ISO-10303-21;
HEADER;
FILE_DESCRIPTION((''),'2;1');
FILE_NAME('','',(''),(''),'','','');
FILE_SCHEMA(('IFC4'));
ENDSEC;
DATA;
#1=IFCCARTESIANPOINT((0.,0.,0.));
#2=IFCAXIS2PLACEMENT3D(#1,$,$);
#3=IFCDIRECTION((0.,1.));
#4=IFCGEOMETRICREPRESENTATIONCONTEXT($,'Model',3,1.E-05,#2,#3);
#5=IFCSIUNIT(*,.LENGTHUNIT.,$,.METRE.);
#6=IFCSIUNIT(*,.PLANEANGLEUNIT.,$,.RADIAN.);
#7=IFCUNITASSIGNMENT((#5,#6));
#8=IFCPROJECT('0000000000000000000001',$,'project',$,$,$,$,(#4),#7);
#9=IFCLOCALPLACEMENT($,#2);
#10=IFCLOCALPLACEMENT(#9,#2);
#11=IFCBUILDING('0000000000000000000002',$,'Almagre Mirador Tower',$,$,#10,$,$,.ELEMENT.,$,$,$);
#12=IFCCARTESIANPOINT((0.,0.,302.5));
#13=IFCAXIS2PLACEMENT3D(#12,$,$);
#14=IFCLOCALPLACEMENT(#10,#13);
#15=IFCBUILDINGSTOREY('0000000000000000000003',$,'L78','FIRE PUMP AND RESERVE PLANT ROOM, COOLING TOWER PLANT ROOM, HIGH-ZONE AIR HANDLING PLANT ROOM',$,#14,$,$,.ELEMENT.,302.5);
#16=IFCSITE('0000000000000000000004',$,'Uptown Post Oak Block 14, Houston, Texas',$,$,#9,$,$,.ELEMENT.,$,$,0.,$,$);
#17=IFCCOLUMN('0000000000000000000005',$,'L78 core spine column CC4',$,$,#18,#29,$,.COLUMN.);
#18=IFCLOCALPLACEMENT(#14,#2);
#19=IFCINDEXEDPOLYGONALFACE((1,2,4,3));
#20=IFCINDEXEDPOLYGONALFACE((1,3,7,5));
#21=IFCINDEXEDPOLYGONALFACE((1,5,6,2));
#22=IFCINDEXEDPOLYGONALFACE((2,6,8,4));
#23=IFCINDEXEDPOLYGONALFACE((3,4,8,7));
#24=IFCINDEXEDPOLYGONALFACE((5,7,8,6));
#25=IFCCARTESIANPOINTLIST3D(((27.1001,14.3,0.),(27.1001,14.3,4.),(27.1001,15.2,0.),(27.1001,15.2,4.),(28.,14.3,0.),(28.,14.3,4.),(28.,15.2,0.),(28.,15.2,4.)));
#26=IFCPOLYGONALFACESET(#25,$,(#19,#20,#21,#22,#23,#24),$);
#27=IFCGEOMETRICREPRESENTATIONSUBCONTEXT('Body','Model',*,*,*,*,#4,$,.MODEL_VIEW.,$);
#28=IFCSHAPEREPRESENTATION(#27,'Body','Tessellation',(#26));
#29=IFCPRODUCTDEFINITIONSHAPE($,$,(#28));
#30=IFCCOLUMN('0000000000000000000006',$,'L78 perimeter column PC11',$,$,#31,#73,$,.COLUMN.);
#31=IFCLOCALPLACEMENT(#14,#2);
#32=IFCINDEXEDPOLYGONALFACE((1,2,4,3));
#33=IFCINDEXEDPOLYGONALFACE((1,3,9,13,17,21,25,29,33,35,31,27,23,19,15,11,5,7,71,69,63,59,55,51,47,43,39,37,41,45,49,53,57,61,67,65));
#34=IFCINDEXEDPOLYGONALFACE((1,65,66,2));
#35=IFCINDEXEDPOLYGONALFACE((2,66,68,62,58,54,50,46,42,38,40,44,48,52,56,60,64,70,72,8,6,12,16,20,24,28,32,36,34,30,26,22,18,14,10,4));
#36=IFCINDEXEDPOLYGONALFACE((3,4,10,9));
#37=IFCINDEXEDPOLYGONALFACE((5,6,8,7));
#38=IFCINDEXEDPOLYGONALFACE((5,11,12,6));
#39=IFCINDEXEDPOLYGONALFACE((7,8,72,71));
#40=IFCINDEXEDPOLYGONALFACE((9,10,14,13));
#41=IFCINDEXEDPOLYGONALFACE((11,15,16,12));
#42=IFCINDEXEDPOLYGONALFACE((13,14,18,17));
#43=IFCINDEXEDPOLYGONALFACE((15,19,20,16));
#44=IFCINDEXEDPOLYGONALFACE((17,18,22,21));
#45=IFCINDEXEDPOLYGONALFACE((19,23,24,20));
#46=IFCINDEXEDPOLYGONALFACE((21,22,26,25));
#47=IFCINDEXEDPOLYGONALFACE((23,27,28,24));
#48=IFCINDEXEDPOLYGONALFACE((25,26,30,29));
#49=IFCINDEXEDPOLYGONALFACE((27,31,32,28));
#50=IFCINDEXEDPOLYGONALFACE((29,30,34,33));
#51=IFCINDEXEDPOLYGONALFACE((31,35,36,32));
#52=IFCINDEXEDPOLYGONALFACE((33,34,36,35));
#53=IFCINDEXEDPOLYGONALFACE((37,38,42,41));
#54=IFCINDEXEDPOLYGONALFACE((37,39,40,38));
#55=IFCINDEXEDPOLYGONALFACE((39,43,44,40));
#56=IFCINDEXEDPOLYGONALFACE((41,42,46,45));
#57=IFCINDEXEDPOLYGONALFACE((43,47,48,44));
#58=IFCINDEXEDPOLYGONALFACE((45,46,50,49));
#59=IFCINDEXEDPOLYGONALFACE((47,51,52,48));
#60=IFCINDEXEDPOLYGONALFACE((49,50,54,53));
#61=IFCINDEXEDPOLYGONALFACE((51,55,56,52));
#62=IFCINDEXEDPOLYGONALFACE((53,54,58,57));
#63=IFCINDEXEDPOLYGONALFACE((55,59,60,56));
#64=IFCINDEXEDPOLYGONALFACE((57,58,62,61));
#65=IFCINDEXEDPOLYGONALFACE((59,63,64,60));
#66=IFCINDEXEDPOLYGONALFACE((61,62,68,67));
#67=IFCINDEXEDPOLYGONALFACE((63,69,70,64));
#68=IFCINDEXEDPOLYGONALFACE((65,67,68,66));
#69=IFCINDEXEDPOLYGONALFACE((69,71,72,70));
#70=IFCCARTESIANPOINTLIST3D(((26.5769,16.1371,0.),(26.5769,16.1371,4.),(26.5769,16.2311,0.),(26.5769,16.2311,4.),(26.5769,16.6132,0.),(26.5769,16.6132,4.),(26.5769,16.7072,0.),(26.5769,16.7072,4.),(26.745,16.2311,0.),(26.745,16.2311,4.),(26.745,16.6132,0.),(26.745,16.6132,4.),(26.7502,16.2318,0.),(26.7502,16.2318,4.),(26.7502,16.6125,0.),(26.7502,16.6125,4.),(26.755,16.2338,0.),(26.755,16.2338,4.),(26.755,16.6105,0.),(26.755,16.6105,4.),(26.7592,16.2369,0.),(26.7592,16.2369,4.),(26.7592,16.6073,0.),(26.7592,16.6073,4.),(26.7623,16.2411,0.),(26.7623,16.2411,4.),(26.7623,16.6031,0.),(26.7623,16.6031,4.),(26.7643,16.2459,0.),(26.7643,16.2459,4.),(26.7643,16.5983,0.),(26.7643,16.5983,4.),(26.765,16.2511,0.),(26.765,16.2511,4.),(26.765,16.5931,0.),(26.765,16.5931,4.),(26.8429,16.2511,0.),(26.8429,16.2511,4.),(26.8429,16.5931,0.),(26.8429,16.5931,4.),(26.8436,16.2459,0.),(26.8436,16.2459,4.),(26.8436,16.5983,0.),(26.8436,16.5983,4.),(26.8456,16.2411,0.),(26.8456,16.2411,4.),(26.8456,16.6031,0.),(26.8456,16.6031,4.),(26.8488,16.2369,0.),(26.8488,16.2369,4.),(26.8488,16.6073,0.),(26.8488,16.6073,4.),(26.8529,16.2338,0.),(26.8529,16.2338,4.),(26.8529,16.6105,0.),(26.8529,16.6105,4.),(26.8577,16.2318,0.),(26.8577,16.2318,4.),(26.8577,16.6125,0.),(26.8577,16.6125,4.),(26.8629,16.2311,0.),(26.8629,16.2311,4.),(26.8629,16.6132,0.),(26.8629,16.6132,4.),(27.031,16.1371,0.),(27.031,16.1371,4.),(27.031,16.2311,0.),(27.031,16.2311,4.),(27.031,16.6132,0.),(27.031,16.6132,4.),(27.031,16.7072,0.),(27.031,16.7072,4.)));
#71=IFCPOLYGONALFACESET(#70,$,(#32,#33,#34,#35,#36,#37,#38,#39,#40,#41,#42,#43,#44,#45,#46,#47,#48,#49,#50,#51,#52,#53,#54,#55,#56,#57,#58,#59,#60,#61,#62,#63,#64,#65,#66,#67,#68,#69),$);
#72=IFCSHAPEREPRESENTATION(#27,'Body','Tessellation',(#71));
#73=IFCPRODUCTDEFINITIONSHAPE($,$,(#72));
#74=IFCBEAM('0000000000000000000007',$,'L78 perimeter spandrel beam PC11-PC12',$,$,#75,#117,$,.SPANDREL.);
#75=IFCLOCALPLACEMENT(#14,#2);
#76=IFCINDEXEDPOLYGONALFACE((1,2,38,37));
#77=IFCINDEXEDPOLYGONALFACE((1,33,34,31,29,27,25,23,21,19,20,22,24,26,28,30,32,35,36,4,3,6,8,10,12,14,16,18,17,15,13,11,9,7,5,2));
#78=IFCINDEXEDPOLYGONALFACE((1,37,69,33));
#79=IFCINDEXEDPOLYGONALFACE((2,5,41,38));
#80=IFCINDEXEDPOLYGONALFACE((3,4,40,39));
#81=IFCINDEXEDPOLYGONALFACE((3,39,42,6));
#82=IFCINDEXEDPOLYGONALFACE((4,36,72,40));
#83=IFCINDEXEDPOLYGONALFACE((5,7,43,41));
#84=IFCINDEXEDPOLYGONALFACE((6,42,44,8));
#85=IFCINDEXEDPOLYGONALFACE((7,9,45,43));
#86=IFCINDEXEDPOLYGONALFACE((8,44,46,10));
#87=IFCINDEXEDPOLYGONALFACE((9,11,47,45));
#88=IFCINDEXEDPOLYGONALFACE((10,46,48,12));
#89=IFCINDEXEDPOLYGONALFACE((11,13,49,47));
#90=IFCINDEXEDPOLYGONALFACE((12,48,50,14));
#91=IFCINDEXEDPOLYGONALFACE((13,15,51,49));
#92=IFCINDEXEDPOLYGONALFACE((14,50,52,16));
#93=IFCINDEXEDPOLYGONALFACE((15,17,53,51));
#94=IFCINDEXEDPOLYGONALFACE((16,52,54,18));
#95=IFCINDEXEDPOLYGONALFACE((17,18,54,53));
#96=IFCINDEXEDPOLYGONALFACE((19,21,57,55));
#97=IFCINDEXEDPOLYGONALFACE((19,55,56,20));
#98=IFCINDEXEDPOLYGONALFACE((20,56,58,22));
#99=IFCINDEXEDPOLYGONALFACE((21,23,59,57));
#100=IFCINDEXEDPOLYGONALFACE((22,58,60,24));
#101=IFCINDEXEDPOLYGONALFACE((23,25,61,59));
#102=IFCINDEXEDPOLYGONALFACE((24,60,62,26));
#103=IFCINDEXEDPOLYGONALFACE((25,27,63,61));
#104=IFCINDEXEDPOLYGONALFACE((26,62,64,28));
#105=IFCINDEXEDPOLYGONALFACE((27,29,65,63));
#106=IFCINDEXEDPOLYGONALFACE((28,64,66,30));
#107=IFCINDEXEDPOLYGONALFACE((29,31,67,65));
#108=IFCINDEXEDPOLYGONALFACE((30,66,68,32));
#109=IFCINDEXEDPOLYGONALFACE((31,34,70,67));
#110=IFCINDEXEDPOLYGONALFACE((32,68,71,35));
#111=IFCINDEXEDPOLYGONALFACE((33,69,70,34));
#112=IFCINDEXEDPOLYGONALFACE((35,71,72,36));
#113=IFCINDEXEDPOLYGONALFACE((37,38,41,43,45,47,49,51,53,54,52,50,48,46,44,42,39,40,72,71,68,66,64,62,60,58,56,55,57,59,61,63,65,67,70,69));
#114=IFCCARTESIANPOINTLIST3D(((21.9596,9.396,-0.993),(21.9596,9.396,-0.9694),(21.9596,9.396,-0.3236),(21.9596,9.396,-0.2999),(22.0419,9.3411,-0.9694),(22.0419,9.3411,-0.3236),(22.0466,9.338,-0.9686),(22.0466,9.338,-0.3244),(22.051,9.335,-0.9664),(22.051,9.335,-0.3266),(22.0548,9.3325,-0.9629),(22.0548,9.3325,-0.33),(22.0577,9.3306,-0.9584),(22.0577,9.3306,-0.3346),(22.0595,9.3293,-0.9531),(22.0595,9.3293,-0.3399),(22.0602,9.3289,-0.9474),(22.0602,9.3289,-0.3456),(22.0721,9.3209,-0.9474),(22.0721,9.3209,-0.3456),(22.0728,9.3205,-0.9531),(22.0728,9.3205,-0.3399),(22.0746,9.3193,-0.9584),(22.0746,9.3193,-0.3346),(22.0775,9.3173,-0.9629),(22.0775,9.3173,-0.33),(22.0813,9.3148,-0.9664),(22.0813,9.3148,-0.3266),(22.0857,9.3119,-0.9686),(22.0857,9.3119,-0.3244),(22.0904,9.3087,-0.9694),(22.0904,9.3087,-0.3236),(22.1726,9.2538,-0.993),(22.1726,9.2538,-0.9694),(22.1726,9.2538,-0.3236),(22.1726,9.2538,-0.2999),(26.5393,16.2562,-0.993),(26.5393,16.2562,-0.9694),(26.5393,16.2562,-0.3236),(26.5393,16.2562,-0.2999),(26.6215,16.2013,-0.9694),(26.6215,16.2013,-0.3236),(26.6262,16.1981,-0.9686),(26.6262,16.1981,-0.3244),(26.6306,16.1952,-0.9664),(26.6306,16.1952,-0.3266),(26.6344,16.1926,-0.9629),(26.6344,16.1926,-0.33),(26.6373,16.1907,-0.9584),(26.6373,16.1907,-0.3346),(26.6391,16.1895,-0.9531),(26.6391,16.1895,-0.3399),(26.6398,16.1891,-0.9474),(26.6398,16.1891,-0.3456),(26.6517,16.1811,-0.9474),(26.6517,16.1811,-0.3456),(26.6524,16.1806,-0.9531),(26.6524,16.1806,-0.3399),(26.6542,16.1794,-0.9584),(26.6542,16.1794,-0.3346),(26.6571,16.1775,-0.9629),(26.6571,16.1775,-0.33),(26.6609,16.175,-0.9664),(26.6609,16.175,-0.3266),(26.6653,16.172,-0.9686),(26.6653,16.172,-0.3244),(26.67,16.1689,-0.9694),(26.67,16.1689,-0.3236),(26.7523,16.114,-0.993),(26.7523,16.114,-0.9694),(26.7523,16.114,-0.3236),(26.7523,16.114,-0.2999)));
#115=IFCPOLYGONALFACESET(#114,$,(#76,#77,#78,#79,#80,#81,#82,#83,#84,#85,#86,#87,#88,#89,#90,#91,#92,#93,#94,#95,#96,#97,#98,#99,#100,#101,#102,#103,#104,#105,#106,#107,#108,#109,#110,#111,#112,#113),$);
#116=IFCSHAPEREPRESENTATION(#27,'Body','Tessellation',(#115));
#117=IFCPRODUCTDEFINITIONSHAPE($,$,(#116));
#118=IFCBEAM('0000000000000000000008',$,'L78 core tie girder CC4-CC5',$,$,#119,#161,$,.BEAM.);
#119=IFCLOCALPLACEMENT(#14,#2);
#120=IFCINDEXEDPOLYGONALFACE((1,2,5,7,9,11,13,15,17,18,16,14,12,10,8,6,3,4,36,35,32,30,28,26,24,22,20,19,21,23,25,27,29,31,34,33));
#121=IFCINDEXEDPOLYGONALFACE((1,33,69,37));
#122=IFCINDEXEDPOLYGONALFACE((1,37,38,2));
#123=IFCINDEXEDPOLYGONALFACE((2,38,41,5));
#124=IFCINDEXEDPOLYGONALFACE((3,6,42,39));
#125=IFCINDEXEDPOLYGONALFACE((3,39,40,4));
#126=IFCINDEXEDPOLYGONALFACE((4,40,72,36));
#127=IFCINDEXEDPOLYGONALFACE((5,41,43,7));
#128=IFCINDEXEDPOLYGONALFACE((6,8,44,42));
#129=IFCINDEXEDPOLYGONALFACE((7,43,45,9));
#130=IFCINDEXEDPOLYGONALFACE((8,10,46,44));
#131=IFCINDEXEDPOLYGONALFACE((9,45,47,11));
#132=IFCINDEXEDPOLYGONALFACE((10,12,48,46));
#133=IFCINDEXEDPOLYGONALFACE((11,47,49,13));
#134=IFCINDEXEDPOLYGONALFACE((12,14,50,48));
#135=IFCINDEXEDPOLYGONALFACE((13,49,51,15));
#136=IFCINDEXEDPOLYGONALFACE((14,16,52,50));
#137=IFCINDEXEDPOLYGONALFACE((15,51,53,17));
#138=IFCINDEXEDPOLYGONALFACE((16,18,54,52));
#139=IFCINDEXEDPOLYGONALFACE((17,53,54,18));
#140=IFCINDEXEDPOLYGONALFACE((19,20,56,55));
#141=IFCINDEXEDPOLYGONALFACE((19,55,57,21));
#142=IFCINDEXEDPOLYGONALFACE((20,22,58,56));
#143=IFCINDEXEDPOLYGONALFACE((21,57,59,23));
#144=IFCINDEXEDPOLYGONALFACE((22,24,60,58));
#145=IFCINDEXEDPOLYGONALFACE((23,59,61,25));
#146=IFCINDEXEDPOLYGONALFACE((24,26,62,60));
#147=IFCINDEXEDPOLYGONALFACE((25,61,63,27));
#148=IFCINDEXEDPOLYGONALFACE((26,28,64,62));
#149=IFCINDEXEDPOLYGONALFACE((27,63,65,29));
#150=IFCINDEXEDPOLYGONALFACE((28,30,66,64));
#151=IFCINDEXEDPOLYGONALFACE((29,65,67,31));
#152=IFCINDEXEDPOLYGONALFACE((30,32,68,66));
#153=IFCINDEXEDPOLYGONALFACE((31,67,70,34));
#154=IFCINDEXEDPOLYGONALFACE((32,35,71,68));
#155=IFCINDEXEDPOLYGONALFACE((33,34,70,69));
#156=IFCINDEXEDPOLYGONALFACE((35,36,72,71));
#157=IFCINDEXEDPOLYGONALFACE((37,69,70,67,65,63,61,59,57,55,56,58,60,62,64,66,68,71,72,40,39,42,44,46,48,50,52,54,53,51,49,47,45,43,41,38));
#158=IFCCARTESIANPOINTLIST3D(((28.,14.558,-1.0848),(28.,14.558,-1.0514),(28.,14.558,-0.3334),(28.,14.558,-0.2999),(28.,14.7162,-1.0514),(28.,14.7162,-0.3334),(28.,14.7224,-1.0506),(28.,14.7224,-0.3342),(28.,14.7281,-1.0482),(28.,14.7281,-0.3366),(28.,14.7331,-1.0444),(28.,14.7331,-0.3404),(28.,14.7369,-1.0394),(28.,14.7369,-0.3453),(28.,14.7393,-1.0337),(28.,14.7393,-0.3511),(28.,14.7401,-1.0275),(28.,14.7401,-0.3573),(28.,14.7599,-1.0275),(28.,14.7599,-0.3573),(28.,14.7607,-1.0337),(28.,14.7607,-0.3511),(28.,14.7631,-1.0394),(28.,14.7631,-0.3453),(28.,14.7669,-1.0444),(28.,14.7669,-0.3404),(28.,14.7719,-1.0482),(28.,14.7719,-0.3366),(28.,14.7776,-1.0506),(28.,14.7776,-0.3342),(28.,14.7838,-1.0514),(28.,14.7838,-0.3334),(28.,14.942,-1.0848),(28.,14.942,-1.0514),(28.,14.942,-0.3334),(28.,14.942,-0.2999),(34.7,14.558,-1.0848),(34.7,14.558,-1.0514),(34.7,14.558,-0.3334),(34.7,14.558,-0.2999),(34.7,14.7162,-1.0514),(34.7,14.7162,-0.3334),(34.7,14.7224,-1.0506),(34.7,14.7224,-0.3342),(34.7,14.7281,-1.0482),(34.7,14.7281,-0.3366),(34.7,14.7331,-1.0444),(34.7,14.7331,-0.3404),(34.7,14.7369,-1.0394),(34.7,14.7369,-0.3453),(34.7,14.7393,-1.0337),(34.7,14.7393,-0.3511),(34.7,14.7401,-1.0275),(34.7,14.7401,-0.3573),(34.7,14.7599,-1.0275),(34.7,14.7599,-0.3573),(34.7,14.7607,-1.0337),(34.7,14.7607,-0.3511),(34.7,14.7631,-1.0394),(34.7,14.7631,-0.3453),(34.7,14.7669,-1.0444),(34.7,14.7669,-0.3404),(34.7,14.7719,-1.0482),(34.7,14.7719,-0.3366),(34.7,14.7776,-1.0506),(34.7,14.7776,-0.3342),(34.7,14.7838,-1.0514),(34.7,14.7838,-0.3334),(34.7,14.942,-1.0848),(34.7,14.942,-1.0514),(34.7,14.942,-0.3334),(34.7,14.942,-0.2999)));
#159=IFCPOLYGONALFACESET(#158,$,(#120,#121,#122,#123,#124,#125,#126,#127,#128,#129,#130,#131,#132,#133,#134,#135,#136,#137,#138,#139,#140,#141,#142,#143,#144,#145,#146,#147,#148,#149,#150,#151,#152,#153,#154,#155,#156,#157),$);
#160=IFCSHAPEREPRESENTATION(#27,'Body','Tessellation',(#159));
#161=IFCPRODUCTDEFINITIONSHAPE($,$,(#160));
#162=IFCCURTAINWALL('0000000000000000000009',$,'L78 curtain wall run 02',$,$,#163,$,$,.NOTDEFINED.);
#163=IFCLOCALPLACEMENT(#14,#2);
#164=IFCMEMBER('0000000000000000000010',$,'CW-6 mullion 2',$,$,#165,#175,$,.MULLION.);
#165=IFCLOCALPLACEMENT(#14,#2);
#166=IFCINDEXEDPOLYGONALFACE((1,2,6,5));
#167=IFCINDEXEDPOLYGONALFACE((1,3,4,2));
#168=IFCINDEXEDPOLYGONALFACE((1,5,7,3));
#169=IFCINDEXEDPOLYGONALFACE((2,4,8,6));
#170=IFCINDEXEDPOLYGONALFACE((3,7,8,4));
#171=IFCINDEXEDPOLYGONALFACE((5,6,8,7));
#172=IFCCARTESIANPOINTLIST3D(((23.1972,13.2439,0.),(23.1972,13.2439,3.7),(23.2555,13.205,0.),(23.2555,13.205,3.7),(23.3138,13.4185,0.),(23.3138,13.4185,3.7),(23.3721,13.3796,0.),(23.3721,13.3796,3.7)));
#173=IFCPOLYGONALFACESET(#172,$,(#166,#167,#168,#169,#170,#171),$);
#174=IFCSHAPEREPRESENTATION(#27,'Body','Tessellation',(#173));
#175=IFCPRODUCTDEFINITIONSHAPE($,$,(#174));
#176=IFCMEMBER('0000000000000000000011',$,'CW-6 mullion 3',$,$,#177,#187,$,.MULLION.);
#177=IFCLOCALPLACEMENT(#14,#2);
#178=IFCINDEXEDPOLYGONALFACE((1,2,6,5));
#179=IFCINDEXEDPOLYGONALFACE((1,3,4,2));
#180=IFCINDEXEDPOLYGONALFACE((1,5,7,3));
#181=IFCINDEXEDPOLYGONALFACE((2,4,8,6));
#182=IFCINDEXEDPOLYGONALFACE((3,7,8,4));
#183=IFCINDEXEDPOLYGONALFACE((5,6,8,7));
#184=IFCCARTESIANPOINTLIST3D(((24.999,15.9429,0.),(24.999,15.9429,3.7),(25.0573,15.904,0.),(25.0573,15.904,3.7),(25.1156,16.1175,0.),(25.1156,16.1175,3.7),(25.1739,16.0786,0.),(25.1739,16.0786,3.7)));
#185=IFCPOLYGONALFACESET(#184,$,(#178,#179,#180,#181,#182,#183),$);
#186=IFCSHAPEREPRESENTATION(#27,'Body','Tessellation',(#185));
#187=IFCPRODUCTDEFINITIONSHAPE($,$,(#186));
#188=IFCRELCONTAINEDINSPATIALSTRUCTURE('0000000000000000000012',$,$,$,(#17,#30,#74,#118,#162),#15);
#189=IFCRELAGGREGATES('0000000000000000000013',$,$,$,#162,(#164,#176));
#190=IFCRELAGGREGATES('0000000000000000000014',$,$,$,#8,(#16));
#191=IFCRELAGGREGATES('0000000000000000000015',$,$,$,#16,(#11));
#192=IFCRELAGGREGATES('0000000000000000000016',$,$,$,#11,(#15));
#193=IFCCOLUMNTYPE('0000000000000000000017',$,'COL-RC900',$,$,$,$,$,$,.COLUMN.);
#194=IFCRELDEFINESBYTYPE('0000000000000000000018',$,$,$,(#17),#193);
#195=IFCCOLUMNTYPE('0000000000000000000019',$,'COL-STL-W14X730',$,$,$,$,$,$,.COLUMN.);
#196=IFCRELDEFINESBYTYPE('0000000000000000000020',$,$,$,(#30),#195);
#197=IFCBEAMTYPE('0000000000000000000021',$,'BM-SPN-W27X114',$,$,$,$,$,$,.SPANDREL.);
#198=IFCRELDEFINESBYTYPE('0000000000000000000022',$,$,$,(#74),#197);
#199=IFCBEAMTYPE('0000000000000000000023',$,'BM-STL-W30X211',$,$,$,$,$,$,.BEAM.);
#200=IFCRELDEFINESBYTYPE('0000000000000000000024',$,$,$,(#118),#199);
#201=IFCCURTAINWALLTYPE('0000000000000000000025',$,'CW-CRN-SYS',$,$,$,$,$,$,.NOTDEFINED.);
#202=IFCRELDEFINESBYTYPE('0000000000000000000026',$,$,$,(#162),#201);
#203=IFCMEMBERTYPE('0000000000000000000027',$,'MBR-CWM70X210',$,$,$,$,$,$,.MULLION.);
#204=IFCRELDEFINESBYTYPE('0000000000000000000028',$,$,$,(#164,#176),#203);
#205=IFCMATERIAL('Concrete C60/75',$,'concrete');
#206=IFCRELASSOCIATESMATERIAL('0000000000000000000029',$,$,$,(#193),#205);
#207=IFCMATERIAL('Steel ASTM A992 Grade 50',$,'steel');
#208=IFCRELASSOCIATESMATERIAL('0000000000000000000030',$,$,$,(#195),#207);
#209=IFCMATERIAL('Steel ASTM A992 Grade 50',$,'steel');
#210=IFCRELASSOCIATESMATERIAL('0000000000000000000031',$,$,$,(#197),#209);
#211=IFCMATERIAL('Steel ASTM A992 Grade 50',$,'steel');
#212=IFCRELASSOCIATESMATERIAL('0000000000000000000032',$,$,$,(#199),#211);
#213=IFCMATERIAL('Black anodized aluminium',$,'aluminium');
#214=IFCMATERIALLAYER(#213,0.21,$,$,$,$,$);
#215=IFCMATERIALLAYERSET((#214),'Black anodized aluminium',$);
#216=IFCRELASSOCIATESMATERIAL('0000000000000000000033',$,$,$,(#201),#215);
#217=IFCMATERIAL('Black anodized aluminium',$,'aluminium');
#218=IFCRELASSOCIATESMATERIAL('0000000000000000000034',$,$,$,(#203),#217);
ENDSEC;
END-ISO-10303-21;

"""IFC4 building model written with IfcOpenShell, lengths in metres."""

from ifc_helpers import new_model, si_unit, direction, frame, origin, origin_2d, place, context, subcontext, project, spatial, rectangle, i_section, extrude, material, layer, layer_set, material_profile, profile_set, type_object, element, aggregate, save


model = new_model("IFC4")

# Units and contexts
model_context = context("Model", 3, precision=1e-05, world=origin(), true_north=direction((0.0, 1.0)))
body_context = subcontext(model_context, "Body", "Model", "MODEL_VIEW")
ifc_project = project(units=[si_unit("LENGTHUNIT", "METRE"), si_unit("PLANEANGLEUNIT", "RADIAN")], contexts=[model_context])

# Site, building, storey
site_placement = place(None, origin())
site = spatial("IfcSite", under=ifc_project, at=site_placement, Name="Uptown Post Oak Block 14, Houston, Texas", CompositionType="ELEMENT", RefElevation=0.0)
building_placement = place(site_placement, origin())
building = spatial("IfcBuilding", under=site, at=building_placement, Name="Almagre Mirador Tower", CompositionType="ELEMENT")
storey_placement = place(building_placement, frame((0.0, 0.0, 302.5)))
storey = spatial("IfcBuildingStorey", under=building, at=storey_placement, Name="L78", Description="FIRE PUMP AND RESERVE PLANT ROOM, COOLING TOWER PLANT ROOM, HIGH-ZONE AIR HANDLING PLANT ROOM", CompositionType="ELEMENT", Elevation=302.5)

# Columns
ifc_material_1 = material(Name="Concrete C60/75", Category="concrete")
ifc_material_profile_1 = material_profile(ifc_material_1, rectangle(XDim=0.8999, YDim=0.8999, at=origin_2d()), Name="RC900X900")
ifc_profile_set_1 = profile_set([ifc_material_profile_1], Name="Concrete C60/75")
column_type_1 = type_object("IfcColumnType", Name="COL-RC900", PredefinedType="COLUMN", material=ifc_profile_set_1)
column_1_placement = place(storey_placement, frame((27.55, 14.75, 0.0), z_axis=(0.0, 0.0, 1.0), x_axis=(1.0, 0.0, 0.0)))
element("IfcColumn", 1, at=column_1_placement, inside=storey, type_object=column_type_1, Name="L78 core spine column CC4", PredefinedType="COLUMN", context=body_context, shape_type="SweptSolid", body=[
    extrude(rectangle(XDim=0.8999, YDim=0.8999, at=origin_2d()), origin(), (0.0, 0.0, 1.0), 4.0),
])
ifc_material_2 = material(Name="Steel ASTM A992 Grade 50", Category="steel")
ifc_material_profile_2 = material_profile(ifc_material_2, i_section(OverallWidth=0.4541, OverallDepth=0.5701, WebThickness=0.0779, FlangeThickness=0.094, FilletRadius=0.02, at=origin_2d()), Name="W14X730")
ifc_profile_set_2 = profile_set([ifc_material_profile_2], Name="Steel ASTM A992 Grade 50")
column_type_2 = type_object("IfcColumnType", Name="COL-STL-W14X730", PredefinedType="COLUMN", material=ifc_profile_set_2)
column_2_placement = place(storey_placement, frame((26.804, 16.4221, 0.0), z_axis=(0.0, 0.0, 1.0), x_axis=(1.0, 0.0, 0.0)))
element("IfcColumn", 2, at=column_2_placement, inside=storey, type_object=column_type_2, Name="L78 perimeter column PC11", PredefinedType="COLUMN", context=body_context, shape_type="SweptSolid", body=[
    extrude(i_section(OverallWidth=0.4541, OverallDepth=0.5701, WebThickness=0.0779, FlangeThickness=0.094, FilletRadius=0.02, at=origin_2d()), origin(), (0.0, 0.0, 1.0), 4.0),
])

# Beams
ifc_material_3 = material(Name="Steel ASTM A992 Grade 50", Category="steel")
ifc_material_profile_3 = material_profile(ifc_material_3, i_section(OverallWidth=0.2561, OverallDepth=0.6931, WebThickness=0.0144, FlangeThickness=0.0237, FilletRadius=0.022, at=origin_2d()), Name="W27X114")
ifc_profile_set_3 = profile_set([ifc_material_profile_3], Name="Steel ASTM A992 Grade 50")
beam_type_1 = type_object("IfcBeamType", Name="BM-SPN-W27X114", PredefinedType="SPANDREL", material=ifc_profile_set_3)
beam_1_placement = place(storey_placement, frame((26.6458, 16.1851, -0.6465), z_axis=(-0.555219, -0.831704, 0.0), x_axis=(0.831704, -0.555219, 0.0)))
element("IfcBeam", 3, at=beam_1_placement, inside=storey, type_object=beam_type_1, Name="L78 perimeter spandrel beam PC11-PC12", PredefinedType="SPANDREL", context=body_context, shape_type="SweptSolid", body=[
    extrude(i_section(OverallWidth=0.2561, OverallDepth=0.6931, WebThickness=0.0144, FlangeThickness=0.0237, FilletRadius=0.022, at=origin_2d()), origin(), (0.0, 0.0, 1.0), 8.2483),
])
ifc_material_4 = material(Name="Steel ASTM A992 Grade 50", Category="steel")
ifc_material_profile_4 = material_profile(ifc_material_4, i_section(OverallWidth=0.384, OverallDepth=0.7849, WebThickness=0.0198, FlangeThickness=0.0334, FilletRadius=0.0239, at=origin_2d()), Name="W30X211")
ifc_profile_set_4 = profile_set([ifc_material_profile_4], Name="Steel ASTM A992 Grade 50")
beam_type_2 = type_object("IfcBeamType", Name="BM-STL-W30X211", PredefinedType="BEAM", material=ifc_profile_set_4)
beam_2_placement = place(storey_placement, frame((28.0, 14.75, -0.6924), z_axis=(1.0, 0.0, 0.0), x_axis=(0.0, 1.0, 0.0)))
element("IfcBeam", 4, at=beam_2_placement, inside=storey, type_object=beam_type_2, Name="L78 core tie girder CC4-CC5", PredefinedType="BEAM", context=body_context, shape_type="SweptSolid", body=[
    extrude(i_section(OverallWidth=0.384, OverallDepth=0.7849, WebThickness=0.0198, FlangeThickness=0.0334, FilletRadius=0.0239, at=origin_2d()), origin(), (0.0, 0.0, 1.0), 6.7),
])

# Curtain wall, members
ifc_material_5 = material(Name="Black anodized aluminium", Category="aluminium")
ifc_layer_1 = layer(ifc_material_5, 0.21)
ifc_layer_set_1 = layer_set([ifc_layer_1], Name="Black anodized aluminium")
curtain_wall_type = type_object("IfcCurtainWallType", Name="CW-CRN-SYS", PredefinedType="NOTDEFINED", material=ifc_layer_set_1)
curtain_wall_1_placement = place(storey_placement, origin())
curtain_wall_1 = element("IfcCurtainWall", 5, at=curtain_wall_1_placement, inside=storey, type_object=curtain_wall_type, Name="L78 curtain wall run 02", PredefinedType="NOTDEFINED")
ifc_material_6 = material(Name="Black anodized aluminium", Category="aluminium")
ifc_material_profile_5 = material_profile(ifc_material_6, rectangle(XDim=0.0701, YDim=0.21, at=origin_2d()), Name="CWM70X210")
ifc_profile_set_5 = profile_set([ifc_material_profile_5], Name="Black anodized aluminium")
member_type_1 = type_object("IfcMemberType", Name="MBR-CWM70X210", PredefinedType="MULLION", material=ifc_profile_set_5)
member_1_placement = place(storey_placement, frame((23.2847, 13.3118, 0.0), z_axis=(0.0, 0.0, 1.0), x_axis=(-0.831708, 0.555214, 0.0)))
member_1 = element("IfcMember", 6, at=member_1_placement, type_object=member_type_1, Name="CW-6 mullion 2", PredefinedType="MULLION", context=body_context, shape_type="SweptSolid", body=[
    extrude(rectangle(XDim=0.0701, YDim=0.21, at=origin_2d()), origin(), (0.0, 0.0, 1.0), 3.7),
])
member_2_placement = place(storey_placement, frame((25.0864, 16.0107, 0.0), z_axis=(0.0, 0.0, 1.0), x_axis=(-0.831708, 0.555214, 0.0)))
member_2 = element("IfcMember", 7, at=member_2_placement, type_object=member_type_1, Name="CW-6 mullion 3", PredefinedType="MULLION", context=body_context, shape_type="SweptSolid", body=[
    extrude(rectangle(XDim=0.0701, YDim=0.21, at=origin_2d()), origin(), (0.0, 0.0, 1.0), 3.7),
])

aggregate(curtain_wall_1, [member_1, member_2])

save(model, "model.ifc")
